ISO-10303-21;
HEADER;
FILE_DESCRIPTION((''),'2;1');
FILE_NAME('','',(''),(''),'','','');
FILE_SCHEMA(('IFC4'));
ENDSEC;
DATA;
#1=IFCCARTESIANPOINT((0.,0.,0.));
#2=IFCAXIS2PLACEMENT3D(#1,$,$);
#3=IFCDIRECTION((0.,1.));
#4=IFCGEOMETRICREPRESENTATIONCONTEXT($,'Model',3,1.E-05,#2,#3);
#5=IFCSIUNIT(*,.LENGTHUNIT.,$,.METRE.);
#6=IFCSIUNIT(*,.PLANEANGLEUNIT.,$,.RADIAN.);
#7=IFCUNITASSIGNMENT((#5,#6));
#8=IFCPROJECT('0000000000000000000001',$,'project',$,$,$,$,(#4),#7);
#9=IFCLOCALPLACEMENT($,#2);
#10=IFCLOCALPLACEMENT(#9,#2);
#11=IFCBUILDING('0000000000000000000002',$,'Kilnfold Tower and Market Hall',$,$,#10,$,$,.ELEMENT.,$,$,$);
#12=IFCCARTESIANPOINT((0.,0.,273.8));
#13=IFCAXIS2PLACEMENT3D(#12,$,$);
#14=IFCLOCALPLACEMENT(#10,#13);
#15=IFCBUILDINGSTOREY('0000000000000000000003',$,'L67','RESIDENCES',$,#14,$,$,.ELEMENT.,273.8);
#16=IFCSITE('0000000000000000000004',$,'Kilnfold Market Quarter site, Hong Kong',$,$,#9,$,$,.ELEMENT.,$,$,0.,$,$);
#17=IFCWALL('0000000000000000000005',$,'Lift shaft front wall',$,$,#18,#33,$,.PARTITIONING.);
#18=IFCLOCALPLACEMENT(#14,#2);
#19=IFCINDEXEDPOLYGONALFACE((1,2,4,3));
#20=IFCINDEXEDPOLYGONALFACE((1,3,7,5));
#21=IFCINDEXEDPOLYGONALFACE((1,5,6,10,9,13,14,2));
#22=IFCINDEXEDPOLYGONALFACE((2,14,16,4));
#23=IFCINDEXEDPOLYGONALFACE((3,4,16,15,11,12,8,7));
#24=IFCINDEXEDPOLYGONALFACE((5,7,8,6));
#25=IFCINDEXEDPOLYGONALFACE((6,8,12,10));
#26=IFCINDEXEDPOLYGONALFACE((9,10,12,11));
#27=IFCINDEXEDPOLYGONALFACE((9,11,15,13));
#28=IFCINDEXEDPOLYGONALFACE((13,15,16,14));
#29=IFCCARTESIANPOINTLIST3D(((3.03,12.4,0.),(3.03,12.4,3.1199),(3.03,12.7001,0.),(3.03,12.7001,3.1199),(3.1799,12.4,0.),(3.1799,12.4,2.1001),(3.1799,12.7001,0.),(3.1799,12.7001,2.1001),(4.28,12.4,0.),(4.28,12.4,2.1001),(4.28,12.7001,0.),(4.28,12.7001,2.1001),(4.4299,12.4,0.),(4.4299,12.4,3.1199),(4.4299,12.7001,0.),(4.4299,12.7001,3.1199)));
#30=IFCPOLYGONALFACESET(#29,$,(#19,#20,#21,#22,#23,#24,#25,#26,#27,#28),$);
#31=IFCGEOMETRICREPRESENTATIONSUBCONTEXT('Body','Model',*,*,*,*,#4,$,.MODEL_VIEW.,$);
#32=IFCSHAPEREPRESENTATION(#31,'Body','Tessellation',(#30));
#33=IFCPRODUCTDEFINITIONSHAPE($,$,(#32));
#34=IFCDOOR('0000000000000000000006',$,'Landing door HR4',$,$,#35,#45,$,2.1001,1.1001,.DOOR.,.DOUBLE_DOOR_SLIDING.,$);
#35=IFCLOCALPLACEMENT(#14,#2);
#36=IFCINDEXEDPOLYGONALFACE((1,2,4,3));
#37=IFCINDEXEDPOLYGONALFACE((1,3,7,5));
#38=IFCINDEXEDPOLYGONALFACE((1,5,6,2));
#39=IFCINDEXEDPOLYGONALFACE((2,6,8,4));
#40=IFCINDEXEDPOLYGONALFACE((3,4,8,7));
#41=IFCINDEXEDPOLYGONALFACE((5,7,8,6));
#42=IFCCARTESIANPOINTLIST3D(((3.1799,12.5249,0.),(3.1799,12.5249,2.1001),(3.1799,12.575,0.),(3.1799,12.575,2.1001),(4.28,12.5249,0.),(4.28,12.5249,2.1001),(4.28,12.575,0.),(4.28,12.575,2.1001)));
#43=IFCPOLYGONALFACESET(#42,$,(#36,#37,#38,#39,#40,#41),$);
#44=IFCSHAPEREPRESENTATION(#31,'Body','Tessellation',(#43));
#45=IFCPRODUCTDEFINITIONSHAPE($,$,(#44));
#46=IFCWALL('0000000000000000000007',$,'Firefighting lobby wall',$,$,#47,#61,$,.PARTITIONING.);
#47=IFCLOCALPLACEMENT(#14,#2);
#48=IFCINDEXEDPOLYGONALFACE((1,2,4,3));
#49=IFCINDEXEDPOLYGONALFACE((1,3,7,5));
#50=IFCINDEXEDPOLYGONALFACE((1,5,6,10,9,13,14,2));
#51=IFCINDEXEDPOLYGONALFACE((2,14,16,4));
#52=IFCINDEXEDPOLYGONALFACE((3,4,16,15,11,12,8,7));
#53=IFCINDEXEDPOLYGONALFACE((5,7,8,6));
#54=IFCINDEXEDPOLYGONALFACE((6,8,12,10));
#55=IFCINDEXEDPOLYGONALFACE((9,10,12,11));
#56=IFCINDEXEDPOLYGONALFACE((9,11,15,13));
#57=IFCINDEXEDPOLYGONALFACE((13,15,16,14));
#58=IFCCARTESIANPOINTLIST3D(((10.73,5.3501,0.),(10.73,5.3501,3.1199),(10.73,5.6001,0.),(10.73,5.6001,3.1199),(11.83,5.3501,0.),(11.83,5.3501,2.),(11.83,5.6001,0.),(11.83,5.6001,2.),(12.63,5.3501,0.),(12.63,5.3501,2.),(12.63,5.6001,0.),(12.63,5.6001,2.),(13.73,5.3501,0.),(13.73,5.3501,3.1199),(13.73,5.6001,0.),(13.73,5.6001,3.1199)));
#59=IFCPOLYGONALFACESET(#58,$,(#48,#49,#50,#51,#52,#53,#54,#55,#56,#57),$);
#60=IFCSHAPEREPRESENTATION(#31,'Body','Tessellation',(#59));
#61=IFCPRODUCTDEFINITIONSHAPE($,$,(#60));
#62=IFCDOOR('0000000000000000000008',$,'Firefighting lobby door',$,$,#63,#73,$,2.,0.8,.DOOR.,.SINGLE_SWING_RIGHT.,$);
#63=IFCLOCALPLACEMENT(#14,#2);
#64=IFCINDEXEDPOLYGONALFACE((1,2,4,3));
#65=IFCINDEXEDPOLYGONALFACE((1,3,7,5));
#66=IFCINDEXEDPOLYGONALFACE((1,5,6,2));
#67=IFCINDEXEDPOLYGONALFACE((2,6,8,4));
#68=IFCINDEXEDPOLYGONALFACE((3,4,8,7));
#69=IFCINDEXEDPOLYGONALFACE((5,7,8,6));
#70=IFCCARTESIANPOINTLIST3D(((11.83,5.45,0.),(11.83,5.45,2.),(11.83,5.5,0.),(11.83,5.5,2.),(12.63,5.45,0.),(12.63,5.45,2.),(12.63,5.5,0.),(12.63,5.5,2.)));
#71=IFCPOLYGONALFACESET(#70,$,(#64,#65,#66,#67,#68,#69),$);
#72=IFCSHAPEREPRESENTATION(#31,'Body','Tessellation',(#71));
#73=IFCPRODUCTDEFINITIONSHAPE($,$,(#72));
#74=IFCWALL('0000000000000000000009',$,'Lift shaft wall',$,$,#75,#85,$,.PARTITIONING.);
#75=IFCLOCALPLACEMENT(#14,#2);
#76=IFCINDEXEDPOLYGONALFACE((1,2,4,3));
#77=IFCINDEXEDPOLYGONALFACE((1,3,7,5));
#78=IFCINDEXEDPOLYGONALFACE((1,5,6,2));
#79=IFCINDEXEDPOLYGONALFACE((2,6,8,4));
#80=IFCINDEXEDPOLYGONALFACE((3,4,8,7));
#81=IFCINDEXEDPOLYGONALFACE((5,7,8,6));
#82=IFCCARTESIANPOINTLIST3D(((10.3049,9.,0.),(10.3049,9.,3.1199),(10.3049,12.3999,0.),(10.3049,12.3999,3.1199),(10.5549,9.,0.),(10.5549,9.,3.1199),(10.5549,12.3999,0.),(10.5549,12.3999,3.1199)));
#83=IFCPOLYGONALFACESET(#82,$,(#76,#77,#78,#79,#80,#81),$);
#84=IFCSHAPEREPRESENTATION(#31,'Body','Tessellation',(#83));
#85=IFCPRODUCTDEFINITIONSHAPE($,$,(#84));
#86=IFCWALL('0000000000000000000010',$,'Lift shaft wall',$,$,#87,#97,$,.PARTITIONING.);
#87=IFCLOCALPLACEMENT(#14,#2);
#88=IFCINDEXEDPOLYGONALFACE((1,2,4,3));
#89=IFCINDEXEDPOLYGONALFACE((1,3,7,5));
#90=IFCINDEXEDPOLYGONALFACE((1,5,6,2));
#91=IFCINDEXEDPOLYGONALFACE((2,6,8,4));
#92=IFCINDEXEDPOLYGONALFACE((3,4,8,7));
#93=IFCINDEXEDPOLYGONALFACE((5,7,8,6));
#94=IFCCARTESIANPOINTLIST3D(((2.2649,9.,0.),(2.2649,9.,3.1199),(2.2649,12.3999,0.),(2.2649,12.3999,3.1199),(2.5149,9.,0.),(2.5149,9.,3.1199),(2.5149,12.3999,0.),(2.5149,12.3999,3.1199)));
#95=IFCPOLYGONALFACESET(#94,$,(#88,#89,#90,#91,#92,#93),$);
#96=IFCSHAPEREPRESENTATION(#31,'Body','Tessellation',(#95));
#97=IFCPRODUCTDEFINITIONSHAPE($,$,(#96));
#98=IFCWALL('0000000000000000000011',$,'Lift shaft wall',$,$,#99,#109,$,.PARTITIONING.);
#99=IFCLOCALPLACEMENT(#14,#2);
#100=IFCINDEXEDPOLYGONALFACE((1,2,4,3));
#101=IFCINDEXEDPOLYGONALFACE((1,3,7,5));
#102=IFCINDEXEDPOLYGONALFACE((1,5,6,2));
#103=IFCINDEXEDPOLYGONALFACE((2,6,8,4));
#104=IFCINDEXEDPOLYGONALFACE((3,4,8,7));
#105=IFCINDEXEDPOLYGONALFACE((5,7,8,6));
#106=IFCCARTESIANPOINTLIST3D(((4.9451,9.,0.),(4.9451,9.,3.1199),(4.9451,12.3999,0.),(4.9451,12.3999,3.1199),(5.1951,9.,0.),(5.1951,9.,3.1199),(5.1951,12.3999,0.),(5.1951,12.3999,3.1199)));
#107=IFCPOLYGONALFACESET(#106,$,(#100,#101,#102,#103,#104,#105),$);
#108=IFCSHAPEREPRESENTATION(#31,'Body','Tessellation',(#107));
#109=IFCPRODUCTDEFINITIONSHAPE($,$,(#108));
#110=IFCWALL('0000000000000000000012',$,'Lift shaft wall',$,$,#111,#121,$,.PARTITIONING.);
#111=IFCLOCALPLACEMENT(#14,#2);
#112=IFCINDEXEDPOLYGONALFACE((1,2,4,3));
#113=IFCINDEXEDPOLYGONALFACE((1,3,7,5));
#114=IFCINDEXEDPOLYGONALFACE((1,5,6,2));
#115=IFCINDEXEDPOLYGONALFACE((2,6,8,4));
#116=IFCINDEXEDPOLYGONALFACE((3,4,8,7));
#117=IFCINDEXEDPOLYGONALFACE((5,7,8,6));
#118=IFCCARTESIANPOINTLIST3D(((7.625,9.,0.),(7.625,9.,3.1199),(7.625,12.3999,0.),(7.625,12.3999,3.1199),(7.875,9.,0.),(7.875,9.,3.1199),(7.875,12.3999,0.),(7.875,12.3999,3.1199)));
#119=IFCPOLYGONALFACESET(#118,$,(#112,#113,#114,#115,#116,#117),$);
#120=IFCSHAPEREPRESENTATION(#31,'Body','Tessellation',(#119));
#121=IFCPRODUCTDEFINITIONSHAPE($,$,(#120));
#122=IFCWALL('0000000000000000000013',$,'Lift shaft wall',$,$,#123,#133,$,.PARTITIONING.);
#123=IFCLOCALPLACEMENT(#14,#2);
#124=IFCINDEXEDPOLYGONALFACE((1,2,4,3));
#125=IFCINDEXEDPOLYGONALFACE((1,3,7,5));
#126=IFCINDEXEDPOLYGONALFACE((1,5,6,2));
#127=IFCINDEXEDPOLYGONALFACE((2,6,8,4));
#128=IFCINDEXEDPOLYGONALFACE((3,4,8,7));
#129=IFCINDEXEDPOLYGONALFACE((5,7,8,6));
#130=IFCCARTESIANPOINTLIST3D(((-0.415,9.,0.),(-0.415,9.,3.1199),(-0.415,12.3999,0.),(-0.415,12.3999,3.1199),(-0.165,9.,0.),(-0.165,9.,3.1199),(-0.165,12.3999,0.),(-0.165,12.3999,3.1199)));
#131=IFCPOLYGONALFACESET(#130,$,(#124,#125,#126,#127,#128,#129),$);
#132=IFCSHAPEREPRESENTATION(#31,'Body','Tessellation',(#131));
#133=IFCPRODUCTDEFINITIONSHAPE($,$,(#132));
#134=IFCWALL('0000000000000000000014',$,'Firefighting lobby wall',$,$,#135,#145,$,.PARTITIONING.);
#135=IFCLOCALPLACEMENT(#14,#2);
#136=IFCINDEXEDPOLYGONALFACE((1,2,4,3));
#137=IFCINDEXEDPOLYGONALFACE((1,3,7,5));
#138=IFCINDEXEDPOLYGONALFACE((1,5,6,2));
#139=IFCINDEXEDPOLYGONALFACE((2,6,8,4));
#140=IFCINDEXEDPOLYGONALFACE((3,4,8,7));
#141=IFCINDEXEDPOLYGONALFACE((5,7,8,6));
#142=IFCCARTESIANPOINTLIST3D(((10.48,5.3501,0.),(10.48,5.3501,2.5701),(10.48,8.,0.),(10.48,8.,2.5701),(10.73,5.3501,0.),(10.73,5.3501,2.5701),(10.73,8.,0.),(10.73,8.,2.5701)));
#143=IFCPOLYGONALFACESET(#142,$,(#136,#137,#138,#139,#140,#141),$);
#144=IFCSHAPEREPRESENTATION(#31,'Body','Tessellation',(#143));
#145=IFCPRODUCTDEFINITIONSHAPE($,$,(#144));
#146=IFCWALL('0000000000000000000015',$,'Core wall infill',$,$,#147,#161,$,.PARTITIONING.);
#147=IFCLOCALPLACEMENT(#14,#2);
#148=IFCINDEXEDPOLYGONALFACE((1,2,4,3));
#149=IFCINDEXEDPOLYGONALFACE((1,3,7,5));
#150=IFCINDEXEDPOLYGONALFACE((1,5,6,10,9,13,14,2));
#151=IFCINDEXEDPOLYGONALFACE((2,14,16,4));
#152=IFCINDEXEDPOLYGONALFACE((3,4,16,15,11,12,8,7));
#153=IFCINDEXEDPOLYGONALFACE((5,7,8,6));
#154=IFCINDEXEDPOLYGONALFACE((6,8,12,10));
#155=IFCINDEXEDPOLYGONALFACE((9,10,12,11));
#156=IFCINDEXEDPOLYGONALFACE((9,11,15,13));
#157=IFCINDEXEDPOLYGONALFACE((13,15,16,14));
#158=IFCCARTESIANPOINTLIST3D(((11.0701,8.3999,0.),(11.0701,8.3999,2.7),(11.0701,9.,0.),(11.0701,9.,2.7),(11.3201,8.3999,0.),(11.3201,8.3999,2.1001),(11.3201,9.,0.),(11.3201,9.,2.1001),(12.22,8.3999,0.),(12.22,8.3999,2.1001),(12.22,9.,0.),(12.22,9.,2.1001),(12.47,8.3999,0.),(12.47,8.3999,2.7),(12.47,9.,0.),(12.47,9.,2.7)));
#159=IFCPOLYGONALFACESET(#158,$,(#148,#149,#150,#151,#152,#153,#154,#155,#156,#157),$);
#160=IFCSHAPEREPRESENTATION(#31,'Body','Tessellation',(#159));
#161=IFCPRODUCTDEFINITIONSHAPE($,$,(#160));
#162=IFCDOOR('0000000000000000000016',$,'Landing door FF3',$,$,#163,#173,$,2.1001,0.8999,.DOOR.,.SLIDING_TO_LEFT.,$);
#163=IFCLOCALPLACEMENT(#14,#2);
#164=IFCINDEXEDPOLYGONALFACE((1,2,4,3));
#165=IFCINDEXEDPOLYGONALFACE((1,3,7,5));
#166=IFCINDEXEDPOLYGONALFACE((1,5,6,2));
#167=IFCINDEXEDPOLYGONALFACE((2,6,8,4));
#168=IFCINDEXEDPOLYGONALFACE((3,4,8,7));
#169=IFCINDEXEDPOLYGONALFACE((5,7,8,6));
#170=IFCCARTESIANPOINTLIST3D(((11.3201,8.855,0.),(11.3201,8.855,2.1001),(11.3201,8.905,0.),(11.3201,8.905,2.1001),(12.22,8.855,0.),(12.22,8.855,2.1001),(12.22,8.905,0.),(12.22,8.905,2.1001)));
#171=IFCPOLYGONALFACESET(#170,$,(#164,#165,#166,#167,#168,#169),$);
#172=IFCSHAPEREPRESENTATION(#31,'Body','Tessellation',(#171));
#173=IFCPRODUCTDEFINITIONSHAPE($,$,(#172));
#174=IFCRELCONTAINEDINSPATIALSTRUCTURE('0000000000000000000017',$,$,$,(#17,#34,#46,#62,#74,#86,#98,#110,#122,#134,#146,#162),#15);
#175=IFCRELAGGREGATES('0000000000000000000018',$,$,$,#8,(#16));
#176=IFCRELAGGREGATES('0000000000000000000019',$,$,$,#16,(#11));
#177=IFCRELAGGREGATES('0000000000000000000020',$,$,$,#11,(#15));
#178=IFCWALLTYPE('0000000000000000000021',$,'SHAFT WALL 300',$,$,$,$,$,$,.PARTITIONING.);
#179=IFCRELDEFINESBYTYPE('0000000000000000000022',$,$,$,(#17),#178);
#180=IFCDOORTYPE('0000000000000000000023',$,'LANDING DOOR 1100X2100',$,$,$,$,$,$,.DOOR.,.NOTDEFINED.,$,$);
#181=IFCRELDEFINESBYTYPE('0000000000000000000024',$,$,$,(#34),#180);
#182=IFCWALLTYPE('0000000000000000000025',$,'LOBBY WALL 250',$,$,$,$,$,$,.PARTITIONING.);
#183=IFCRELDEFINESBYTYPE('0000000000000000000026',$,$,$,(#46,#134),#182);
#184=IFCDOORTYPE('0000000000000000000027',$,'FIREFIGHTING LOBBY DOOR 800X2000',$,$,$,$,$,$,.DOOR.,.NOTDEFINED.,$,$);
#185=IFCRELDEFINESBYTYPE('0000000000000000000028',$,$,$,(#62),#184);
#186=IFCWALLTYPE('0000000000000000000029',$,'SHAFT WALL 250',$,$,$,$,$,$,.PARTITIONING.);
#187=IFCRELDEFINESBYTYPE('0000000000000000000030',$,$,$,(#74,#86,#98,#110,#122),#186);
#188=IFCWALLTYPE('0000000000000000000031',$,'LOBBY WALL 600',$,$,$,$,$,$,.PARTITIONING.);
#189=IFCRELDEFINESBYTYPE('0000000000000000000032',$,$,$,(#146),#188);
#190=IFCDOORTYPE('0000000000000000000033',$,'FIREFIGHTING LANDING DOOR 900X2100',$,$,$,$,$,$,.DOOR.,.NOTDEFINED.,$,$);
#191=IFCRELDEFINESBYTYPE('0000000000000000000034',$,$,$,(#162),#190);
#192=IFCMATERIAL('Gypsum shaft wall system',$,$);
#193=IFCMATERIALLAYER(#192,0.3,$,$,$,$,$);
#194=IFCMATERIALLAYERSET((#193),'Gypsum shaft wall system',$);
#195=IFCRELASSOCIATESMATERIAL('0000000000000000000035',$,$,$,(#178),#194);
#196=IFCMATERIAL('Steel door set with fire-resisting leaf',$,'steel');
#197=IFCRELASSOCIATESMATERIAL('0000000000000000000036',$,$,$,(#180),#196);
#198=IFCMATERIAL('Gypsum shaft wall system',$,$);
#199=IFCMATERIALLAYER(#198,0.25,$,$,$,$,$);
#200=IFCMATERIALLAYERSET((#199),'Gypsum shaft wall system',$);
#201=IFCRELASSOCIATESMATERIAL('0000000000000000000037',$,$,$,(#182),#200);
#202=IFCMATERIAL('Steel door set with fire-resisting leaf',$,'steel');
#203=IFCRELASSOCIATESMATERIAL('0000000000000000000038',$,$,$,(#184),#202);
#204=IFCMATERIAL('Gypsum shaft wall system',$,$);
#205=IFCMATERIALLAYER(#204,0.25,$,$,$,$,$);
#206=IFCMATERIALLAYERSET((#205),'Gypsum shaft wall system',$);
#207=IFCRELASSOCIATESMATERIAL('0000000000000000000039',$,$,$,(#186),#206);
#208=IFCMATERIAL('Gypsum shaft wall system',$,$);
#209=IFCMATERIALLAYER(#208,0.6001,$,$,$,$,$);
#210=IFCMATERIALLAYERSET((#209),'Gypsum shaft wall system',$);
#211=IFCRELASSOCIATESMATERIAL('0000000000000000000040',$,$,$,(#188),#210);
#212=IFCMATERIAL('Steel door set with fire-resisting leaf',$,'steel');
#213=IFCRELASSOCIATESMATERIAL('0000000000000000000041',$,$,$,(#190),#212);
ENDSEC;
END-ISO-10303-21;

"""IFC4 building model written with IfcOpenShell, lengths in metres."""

from ifc_helpers import new_model, si_unit, direction, frame, frame_2d, origin, place, context, subcontext, project, spatial, rectangle, extrude, source, transform, mapped, material, layer, layer_set, type_object, element, fill, save


model = new_model("IFC4")

# Units and contexts
model_context = context("Model", 3, precision=1e-05, world=origin(), true_north=direction((0.0, 1.0)))
body_context = subcontext(model_context, "Body", "Model", "MODEL_VIEW")
ifc_project = project(units=[si_unit("LENGTHUNIT", "METRE"), si_unit("PLANEANGLEUNIT", "RADIAN")], contexts=[model_context])

# Site, building, storey
site_placement = place(None, origin())
site = spatial("IfcSite", under=ifc_project, at=site_placement, Name="Kilnfold Market Quarter site, Hong Kong", CompositionType="ELEMENT", RefElevation=0.0)
building_placement = place(site_placement, origin())
building = spatial("IfcBuilding", under=site, at=building_placement, Name="Kilnfold Tower and Market Hall", CompositionType="ELEMENT")
storey_placement = place(building_placement, frame((0.0, 0.0, 273.8)))
storey = spatial("IfcBuildingStorey", under=building, at=storey_placement, Name="L67", Description="RESIDENCES", CompositionType="ELEMENT", Elevation=273.8)

# Walls, openings, doors
ifc_material_1 = material(Name="Gypsum shaft wall system")
ifc_layer_1 = layer(ifc_material_1, 0.3)
ifc_layer_set_1 = layer_set([ifc_layer_1], Name="Gypsum shaft wall system")
wall_type_1 = type_object("IfcWallType", Name="SHAFT WALL 300", PredefinedType="PARTITIONING", material=ifc_layer_set_1)
shared_shape_1 = source(origin(), body_context, "Body", "SweptSolid", [
    extrude(rectangle(XDim=1.3999, YDim=0.3, at=frame_2d((0.7, 0.0))), origin(), (0.0, 0.0, 1.0), 3.1199),
])
ifc_material_2 = material(Name="Steel door set with fire-resisting leaf", Category="steel")
door_type_1 = type_object("IfcDoorType", Name="LANDING DOOR 1100X2100", OperationType="NOTDEFINED", PredefinedType="DOOR", material=ifc_material_2)
wall_1_placement = place(storey_placement, frame((3.03, 12.55, 0.0), z_axis=(0.0, 0.0, 1.0), x_axis=(1.0, 0.0, 0.0)))
wall_1 = element("IfcWall", 1, at=wall_1_placement, inside=storey, type_object=wall_type_1, Name="Lift shaft front wall", PredefinedType="PARTITIONING", context=body_context, shape_type="MappedRepresentation", body=[
    mapped(shared_shape_1, transform((0.0, 0.0, 0.0))),
])
opening_1_placement = place(wall_1_placement, frame((0.1499, 0.0, 0.0)))
opening_1 = element("IfcOpeningElement", 2, at=opening_1_placement, cuts=wall_1, PredefinedType="OPENING", context=body_context, shape_type="SweptSolid", body=[
    extrude(rectangle(XDim=1.1001, YDim=2.1001, at=frame_2d((0.55, 1.05))), frame((0.0, 0.1602, 0.0), z_axis=(0.0, -1.0, 0.0), x_axis=(1.0, 0.0, 0.0)), (0.0, 0.0, 1.0), 0.3201),
])
door_1_placement = place(opening_1_placement, origin())
door_1 = element("IfcDoor", 3, at=door_1_placement, inside=storey, type_object=door_type_1, Name="Landing door HR4", OperationType="DOUBLE_DOOR_SLIDING", OverallHeight=2.1001, OverallWidth=1.1001, PredefinedType="DOOR", context=body_context, shape_type="SweptSolid", body=[
    extrude(rectangle(XDim=1.1001, YDim=2.1001, at=frame_2d((0.55, 1.05))), frame((0.0, 0.0249, 0.0), z_axis=(0.0, -1.0, 0.0), x_axis=(1.0, 0.0, 0.0)), (0.0, 0.0, 1.0), 0.05),
])
fill(opening_1, door_1)
ifc_material_3 = material(Name="Gypsum shaft wall system")
ifc_layer_2 = layer(ifc_material_3, 0.25)
ifc_layer_set_2 = layer_set([ifc_layer_2], Name="Gypsum shaft wall system")
wall_type_2 = type_object("IfcWallType", Name="LOBBY WALL 250", PredefinedType="PARTITIONING", material=ifc_layer_set_2)
shared_shape_2 = source(origin(), body_context, "Body", "SweptSolid", [
    extrude(rectangle(XDim=3.0, YDim=0.25, at=frame_2d((1.5, 0.0))), origin(), (0.0, 0.0, 1.0), 3.1199),
])
wall_2_placement = place(storey_placement, frame((10.73, 5.4751, 0.0), z_axis=(0.0, 0.0, 1.0), x_axis=(1.0, 0.0, 0.0)))
wall_2 = element("IfcWall", 4, at=wall_2_placement, inside=storey, type_object=wall_type_2, Name="Firefighting lobby wall", PredefinedType="PARTITIONING", context=body_context, shape_type="MappedRepresentation", body=[
    mapped(shared_shape_2, transform((0.0, 0.0, 0.0))),
])
opening_2_placement = place(wall_2_placement, frame((1.1001, 0.0, 0.0)))
opening_2 = element("IfcOpeningElement", 5, at=opening_2_placement, cuts=wall_2, PredefinedType="OPENING", context=body_context, shape_type="SweptSolid", body=[
    extrude(rectangle(XDim=0.8, YDim=2.0, at=frame_2d((0.3999, 1.0))), frame((0.0, 0.135, 0.0), z_axis=(0.0, -1.0, 0.0), x_axis=(1.0, 0.0, 0.0)), (0.0, 0.0, 1.0), 0.27),
])
ifc_material_4 = material(Name="Steel door set with fire-resisting leaf", Category="steel")
door_type_2 = type_object("IfcDoorType", Name="FIREFIGHTING LOBBY DOOR 800X2000", OperationType="NOTDEFINED", PredefinedType="DOOR", material=ifc_material_4)
door_2_placement = place(opening_2_placement, origin())
door_2 = element("IfcDoor", 6, at=door_2_placement, inside=storey, type_object=door_type_2, Name="Firefighting lobby door", OperationType="SINGLE_SWING_RIGHT", OverallHeight=2.0, OverallWidth=0.8, PredefinedType="DOOR", context=body_context, shape_type="SweptSolid", body=[
    extrude(rectangle(XDim=0.8, YDim=2.0, at=frame_2d((0.3999, 1.0))), frame((0.0, 0.0249, 0.0), z_axis=(0.0, -1.0, 0.0), x_axis=(1.0, 0.0, 0.0)), (0.0, 0.0, 1.0), 0.05),
])
fill(opening_2, door_2)

# Walls
ifc_material_5 = material(Name="Gypsum shaft wall system")
ifc_layer_3 = layer(ifc_material_5, 0.25)
ifc_layer_set_3 = layer_set([ifc_layer_3], Name="Gypsum shaft wall system")
wall_type_3 = type_object("IfcWallType", Name="SHAFT WALL 250", PredefinedType="PARTITIONING", material=ifc_layer_set_3)
shared_shape_3 = source(origin(), body_context, "Body", "SweptSolid", [
    extrude(rectangle(XDim=3.3999, YDim=0.25, at=frame_2d((1.7, 0.0))), origin(), (0.0, 0.0, 1.0), 3.1199),
])
for number, where, z_axis, x_axis, name in (
    (7, (10.4299, 9.0, 0.0), (0.0, 0.0, 1.0), (0.0, 1.0, 0.0), "Lift shaft wall"),
    (8, (2.3899, 9.0, 0.0), (0.0, 0.0, 1.0), (0.0, 1.0, 0.0), "Lift shaft wall"),
    (9, (5.0701, 9.0, 0.0), (0.0, 0.0, 1.0), (0.0, 1.0, 0.0), "Lift shaft wall"),
    (10, (7.75, 9.0, 0.0), (0.0, 0.0, 1.0), (0.0, 1.0, 0.0), "Lift shaft wall"),
    (11, (-0.29, 9.0, 0.0), (0.0, 0.0, 1.0), (0.0, 1.0, 0.0), "Lift shaft wall"),
):
    element("IfcWall", number, at=place(storey_placement, frame(where, z_axis=z_axis, x_axis=x_axis)), inside=storey, type_object=wall_type_3, Name=name, PredefinedType="PARTITIONING", context=body_context, shape_type="MappedRepresentation", body=[
        mapped(shared_shape_3, transform((0.0, 0.0, 0.0))),
    ])
shared_shape_4 = source(origin(), body_context, "Body", "SweptSolid", [
    extrude(rectangle(XDim=2.6499, YDim=0.25, at=frame_2d((1.325, 0.0))), origin(), (0.0, 0.0, 1.0), 2.5701),
])
wall_3_placement = place(storey_placement, frame((10.605, 5.3501, 0.0), z_axis=(0.0, 0.0, 1.0), x_axis=(0.0, 1.0, 0.0)))
element("IfcWall", 12, at=wall_3_placement, inside=storey, type_object=wall_type_2, Name="Firefighting lobby wall", PredefinedType="PARTITIONING", context=body_context, shape_type="MappedRepresentation", body=[
    mapped(shared_shape_4, transform((0.0, 0.0, 0.0))),
])

# Wall, opening, door
ifc_material_6 = material(Name="Gypsum shaft wall system")
ifc_layer_4 = layer(ifc_material_6, 0.6001)
ifc_layer_set_4 = layer_set([ifc_layer_4], Name="Gypsum shaft wall system")
wall_type_4 = type_object("IfcWallType", Name="LOBBY WALL 600", PredefinedType="PARTITIONING", material=ifc_layer_set_4)
shared_shape_5 = source(origin(), body_context, "Body", "SweptSolid", [
    extrude(rectangle(XDim=1.3999, YDim=0.6001, at=frame_2d((0.7, 0.0))), origin(), (0.0, 0.0, 1.0), 2.7),
])
wall_4_placement = place(storey_placement, frame((11.0701, 8.7, 0.0), z_axis=(0.0, 0.0, 1.0), x_axis=(1.0, 0.0, 0.0)))
wall_4 = element("IfcWall", 13, at=wall_4_placement, inside=storey, type_object=wall_type_4, Name="Core wall infill", PredefinedType="PARTITIONING", context=body_context, shape_type="MappedRepresentation", body=[
    mapped(shared_shape_5, transform((0.0, 0.0, 0.0))),
])
opening_3_placement = place(wall_4_placement, frame((0.25, 0.0, 0.0)))
opening_3 = element("IfcOpeningElement", 14, at=opening_3_placement, cuts=wall_4, PredefinedType="OPENING", context=body_context, shape_type="SweptSolid", body=[
    extrude(rectangle(XDim=0.8999, YDim=2.1001, at=frame_2d((0.45, 1.05))), frame((0.0, 0.3101, 0.0), z_axis=(0.0, -1.0, 0.0), x_axis=(1.0, 0.0, 0.0)), (0.0, 0.0, 1.0), 0.6201),
])
ifc_material_7 = material(Name="Steel door set with fire-resisting leaf", Category="steel")
door_type_3 = type_object("IfcDoorType", Name="FIREFIGHTING LANDING DOOR 900X2100", OperationType="NOTDEFINED", PredefinedType="DOOR", material=ifc_material_7)
door_3_placement = place(opening_3_placement, origin())
door_3 = element("IfcDoor", 15, at=door_3_placement, inside=storey, type_object=door_type_3, Name="Landing door FF3", OperationType="SLIDING_TO_LEFT", OverallHeight=2.1001, OverallWidth=0.8999, PredefinedType="DOOR", context=body_context, shape_type="SweptSolid", body=[
    extrude(rectangle(XDim=0.8999, YDim=2.1001, at=frame_2d((0.45, 1.05))), frame((0.0, 0.2051, 0.0), z_axis=(0.0, -1.0, 0.0), x_axis=(1.0, 0.0, 0.0)), (0.0, 0.0, 1.0), 0.05),
])
fill(opening_3, door_3)

save(model, "model.ifc")
